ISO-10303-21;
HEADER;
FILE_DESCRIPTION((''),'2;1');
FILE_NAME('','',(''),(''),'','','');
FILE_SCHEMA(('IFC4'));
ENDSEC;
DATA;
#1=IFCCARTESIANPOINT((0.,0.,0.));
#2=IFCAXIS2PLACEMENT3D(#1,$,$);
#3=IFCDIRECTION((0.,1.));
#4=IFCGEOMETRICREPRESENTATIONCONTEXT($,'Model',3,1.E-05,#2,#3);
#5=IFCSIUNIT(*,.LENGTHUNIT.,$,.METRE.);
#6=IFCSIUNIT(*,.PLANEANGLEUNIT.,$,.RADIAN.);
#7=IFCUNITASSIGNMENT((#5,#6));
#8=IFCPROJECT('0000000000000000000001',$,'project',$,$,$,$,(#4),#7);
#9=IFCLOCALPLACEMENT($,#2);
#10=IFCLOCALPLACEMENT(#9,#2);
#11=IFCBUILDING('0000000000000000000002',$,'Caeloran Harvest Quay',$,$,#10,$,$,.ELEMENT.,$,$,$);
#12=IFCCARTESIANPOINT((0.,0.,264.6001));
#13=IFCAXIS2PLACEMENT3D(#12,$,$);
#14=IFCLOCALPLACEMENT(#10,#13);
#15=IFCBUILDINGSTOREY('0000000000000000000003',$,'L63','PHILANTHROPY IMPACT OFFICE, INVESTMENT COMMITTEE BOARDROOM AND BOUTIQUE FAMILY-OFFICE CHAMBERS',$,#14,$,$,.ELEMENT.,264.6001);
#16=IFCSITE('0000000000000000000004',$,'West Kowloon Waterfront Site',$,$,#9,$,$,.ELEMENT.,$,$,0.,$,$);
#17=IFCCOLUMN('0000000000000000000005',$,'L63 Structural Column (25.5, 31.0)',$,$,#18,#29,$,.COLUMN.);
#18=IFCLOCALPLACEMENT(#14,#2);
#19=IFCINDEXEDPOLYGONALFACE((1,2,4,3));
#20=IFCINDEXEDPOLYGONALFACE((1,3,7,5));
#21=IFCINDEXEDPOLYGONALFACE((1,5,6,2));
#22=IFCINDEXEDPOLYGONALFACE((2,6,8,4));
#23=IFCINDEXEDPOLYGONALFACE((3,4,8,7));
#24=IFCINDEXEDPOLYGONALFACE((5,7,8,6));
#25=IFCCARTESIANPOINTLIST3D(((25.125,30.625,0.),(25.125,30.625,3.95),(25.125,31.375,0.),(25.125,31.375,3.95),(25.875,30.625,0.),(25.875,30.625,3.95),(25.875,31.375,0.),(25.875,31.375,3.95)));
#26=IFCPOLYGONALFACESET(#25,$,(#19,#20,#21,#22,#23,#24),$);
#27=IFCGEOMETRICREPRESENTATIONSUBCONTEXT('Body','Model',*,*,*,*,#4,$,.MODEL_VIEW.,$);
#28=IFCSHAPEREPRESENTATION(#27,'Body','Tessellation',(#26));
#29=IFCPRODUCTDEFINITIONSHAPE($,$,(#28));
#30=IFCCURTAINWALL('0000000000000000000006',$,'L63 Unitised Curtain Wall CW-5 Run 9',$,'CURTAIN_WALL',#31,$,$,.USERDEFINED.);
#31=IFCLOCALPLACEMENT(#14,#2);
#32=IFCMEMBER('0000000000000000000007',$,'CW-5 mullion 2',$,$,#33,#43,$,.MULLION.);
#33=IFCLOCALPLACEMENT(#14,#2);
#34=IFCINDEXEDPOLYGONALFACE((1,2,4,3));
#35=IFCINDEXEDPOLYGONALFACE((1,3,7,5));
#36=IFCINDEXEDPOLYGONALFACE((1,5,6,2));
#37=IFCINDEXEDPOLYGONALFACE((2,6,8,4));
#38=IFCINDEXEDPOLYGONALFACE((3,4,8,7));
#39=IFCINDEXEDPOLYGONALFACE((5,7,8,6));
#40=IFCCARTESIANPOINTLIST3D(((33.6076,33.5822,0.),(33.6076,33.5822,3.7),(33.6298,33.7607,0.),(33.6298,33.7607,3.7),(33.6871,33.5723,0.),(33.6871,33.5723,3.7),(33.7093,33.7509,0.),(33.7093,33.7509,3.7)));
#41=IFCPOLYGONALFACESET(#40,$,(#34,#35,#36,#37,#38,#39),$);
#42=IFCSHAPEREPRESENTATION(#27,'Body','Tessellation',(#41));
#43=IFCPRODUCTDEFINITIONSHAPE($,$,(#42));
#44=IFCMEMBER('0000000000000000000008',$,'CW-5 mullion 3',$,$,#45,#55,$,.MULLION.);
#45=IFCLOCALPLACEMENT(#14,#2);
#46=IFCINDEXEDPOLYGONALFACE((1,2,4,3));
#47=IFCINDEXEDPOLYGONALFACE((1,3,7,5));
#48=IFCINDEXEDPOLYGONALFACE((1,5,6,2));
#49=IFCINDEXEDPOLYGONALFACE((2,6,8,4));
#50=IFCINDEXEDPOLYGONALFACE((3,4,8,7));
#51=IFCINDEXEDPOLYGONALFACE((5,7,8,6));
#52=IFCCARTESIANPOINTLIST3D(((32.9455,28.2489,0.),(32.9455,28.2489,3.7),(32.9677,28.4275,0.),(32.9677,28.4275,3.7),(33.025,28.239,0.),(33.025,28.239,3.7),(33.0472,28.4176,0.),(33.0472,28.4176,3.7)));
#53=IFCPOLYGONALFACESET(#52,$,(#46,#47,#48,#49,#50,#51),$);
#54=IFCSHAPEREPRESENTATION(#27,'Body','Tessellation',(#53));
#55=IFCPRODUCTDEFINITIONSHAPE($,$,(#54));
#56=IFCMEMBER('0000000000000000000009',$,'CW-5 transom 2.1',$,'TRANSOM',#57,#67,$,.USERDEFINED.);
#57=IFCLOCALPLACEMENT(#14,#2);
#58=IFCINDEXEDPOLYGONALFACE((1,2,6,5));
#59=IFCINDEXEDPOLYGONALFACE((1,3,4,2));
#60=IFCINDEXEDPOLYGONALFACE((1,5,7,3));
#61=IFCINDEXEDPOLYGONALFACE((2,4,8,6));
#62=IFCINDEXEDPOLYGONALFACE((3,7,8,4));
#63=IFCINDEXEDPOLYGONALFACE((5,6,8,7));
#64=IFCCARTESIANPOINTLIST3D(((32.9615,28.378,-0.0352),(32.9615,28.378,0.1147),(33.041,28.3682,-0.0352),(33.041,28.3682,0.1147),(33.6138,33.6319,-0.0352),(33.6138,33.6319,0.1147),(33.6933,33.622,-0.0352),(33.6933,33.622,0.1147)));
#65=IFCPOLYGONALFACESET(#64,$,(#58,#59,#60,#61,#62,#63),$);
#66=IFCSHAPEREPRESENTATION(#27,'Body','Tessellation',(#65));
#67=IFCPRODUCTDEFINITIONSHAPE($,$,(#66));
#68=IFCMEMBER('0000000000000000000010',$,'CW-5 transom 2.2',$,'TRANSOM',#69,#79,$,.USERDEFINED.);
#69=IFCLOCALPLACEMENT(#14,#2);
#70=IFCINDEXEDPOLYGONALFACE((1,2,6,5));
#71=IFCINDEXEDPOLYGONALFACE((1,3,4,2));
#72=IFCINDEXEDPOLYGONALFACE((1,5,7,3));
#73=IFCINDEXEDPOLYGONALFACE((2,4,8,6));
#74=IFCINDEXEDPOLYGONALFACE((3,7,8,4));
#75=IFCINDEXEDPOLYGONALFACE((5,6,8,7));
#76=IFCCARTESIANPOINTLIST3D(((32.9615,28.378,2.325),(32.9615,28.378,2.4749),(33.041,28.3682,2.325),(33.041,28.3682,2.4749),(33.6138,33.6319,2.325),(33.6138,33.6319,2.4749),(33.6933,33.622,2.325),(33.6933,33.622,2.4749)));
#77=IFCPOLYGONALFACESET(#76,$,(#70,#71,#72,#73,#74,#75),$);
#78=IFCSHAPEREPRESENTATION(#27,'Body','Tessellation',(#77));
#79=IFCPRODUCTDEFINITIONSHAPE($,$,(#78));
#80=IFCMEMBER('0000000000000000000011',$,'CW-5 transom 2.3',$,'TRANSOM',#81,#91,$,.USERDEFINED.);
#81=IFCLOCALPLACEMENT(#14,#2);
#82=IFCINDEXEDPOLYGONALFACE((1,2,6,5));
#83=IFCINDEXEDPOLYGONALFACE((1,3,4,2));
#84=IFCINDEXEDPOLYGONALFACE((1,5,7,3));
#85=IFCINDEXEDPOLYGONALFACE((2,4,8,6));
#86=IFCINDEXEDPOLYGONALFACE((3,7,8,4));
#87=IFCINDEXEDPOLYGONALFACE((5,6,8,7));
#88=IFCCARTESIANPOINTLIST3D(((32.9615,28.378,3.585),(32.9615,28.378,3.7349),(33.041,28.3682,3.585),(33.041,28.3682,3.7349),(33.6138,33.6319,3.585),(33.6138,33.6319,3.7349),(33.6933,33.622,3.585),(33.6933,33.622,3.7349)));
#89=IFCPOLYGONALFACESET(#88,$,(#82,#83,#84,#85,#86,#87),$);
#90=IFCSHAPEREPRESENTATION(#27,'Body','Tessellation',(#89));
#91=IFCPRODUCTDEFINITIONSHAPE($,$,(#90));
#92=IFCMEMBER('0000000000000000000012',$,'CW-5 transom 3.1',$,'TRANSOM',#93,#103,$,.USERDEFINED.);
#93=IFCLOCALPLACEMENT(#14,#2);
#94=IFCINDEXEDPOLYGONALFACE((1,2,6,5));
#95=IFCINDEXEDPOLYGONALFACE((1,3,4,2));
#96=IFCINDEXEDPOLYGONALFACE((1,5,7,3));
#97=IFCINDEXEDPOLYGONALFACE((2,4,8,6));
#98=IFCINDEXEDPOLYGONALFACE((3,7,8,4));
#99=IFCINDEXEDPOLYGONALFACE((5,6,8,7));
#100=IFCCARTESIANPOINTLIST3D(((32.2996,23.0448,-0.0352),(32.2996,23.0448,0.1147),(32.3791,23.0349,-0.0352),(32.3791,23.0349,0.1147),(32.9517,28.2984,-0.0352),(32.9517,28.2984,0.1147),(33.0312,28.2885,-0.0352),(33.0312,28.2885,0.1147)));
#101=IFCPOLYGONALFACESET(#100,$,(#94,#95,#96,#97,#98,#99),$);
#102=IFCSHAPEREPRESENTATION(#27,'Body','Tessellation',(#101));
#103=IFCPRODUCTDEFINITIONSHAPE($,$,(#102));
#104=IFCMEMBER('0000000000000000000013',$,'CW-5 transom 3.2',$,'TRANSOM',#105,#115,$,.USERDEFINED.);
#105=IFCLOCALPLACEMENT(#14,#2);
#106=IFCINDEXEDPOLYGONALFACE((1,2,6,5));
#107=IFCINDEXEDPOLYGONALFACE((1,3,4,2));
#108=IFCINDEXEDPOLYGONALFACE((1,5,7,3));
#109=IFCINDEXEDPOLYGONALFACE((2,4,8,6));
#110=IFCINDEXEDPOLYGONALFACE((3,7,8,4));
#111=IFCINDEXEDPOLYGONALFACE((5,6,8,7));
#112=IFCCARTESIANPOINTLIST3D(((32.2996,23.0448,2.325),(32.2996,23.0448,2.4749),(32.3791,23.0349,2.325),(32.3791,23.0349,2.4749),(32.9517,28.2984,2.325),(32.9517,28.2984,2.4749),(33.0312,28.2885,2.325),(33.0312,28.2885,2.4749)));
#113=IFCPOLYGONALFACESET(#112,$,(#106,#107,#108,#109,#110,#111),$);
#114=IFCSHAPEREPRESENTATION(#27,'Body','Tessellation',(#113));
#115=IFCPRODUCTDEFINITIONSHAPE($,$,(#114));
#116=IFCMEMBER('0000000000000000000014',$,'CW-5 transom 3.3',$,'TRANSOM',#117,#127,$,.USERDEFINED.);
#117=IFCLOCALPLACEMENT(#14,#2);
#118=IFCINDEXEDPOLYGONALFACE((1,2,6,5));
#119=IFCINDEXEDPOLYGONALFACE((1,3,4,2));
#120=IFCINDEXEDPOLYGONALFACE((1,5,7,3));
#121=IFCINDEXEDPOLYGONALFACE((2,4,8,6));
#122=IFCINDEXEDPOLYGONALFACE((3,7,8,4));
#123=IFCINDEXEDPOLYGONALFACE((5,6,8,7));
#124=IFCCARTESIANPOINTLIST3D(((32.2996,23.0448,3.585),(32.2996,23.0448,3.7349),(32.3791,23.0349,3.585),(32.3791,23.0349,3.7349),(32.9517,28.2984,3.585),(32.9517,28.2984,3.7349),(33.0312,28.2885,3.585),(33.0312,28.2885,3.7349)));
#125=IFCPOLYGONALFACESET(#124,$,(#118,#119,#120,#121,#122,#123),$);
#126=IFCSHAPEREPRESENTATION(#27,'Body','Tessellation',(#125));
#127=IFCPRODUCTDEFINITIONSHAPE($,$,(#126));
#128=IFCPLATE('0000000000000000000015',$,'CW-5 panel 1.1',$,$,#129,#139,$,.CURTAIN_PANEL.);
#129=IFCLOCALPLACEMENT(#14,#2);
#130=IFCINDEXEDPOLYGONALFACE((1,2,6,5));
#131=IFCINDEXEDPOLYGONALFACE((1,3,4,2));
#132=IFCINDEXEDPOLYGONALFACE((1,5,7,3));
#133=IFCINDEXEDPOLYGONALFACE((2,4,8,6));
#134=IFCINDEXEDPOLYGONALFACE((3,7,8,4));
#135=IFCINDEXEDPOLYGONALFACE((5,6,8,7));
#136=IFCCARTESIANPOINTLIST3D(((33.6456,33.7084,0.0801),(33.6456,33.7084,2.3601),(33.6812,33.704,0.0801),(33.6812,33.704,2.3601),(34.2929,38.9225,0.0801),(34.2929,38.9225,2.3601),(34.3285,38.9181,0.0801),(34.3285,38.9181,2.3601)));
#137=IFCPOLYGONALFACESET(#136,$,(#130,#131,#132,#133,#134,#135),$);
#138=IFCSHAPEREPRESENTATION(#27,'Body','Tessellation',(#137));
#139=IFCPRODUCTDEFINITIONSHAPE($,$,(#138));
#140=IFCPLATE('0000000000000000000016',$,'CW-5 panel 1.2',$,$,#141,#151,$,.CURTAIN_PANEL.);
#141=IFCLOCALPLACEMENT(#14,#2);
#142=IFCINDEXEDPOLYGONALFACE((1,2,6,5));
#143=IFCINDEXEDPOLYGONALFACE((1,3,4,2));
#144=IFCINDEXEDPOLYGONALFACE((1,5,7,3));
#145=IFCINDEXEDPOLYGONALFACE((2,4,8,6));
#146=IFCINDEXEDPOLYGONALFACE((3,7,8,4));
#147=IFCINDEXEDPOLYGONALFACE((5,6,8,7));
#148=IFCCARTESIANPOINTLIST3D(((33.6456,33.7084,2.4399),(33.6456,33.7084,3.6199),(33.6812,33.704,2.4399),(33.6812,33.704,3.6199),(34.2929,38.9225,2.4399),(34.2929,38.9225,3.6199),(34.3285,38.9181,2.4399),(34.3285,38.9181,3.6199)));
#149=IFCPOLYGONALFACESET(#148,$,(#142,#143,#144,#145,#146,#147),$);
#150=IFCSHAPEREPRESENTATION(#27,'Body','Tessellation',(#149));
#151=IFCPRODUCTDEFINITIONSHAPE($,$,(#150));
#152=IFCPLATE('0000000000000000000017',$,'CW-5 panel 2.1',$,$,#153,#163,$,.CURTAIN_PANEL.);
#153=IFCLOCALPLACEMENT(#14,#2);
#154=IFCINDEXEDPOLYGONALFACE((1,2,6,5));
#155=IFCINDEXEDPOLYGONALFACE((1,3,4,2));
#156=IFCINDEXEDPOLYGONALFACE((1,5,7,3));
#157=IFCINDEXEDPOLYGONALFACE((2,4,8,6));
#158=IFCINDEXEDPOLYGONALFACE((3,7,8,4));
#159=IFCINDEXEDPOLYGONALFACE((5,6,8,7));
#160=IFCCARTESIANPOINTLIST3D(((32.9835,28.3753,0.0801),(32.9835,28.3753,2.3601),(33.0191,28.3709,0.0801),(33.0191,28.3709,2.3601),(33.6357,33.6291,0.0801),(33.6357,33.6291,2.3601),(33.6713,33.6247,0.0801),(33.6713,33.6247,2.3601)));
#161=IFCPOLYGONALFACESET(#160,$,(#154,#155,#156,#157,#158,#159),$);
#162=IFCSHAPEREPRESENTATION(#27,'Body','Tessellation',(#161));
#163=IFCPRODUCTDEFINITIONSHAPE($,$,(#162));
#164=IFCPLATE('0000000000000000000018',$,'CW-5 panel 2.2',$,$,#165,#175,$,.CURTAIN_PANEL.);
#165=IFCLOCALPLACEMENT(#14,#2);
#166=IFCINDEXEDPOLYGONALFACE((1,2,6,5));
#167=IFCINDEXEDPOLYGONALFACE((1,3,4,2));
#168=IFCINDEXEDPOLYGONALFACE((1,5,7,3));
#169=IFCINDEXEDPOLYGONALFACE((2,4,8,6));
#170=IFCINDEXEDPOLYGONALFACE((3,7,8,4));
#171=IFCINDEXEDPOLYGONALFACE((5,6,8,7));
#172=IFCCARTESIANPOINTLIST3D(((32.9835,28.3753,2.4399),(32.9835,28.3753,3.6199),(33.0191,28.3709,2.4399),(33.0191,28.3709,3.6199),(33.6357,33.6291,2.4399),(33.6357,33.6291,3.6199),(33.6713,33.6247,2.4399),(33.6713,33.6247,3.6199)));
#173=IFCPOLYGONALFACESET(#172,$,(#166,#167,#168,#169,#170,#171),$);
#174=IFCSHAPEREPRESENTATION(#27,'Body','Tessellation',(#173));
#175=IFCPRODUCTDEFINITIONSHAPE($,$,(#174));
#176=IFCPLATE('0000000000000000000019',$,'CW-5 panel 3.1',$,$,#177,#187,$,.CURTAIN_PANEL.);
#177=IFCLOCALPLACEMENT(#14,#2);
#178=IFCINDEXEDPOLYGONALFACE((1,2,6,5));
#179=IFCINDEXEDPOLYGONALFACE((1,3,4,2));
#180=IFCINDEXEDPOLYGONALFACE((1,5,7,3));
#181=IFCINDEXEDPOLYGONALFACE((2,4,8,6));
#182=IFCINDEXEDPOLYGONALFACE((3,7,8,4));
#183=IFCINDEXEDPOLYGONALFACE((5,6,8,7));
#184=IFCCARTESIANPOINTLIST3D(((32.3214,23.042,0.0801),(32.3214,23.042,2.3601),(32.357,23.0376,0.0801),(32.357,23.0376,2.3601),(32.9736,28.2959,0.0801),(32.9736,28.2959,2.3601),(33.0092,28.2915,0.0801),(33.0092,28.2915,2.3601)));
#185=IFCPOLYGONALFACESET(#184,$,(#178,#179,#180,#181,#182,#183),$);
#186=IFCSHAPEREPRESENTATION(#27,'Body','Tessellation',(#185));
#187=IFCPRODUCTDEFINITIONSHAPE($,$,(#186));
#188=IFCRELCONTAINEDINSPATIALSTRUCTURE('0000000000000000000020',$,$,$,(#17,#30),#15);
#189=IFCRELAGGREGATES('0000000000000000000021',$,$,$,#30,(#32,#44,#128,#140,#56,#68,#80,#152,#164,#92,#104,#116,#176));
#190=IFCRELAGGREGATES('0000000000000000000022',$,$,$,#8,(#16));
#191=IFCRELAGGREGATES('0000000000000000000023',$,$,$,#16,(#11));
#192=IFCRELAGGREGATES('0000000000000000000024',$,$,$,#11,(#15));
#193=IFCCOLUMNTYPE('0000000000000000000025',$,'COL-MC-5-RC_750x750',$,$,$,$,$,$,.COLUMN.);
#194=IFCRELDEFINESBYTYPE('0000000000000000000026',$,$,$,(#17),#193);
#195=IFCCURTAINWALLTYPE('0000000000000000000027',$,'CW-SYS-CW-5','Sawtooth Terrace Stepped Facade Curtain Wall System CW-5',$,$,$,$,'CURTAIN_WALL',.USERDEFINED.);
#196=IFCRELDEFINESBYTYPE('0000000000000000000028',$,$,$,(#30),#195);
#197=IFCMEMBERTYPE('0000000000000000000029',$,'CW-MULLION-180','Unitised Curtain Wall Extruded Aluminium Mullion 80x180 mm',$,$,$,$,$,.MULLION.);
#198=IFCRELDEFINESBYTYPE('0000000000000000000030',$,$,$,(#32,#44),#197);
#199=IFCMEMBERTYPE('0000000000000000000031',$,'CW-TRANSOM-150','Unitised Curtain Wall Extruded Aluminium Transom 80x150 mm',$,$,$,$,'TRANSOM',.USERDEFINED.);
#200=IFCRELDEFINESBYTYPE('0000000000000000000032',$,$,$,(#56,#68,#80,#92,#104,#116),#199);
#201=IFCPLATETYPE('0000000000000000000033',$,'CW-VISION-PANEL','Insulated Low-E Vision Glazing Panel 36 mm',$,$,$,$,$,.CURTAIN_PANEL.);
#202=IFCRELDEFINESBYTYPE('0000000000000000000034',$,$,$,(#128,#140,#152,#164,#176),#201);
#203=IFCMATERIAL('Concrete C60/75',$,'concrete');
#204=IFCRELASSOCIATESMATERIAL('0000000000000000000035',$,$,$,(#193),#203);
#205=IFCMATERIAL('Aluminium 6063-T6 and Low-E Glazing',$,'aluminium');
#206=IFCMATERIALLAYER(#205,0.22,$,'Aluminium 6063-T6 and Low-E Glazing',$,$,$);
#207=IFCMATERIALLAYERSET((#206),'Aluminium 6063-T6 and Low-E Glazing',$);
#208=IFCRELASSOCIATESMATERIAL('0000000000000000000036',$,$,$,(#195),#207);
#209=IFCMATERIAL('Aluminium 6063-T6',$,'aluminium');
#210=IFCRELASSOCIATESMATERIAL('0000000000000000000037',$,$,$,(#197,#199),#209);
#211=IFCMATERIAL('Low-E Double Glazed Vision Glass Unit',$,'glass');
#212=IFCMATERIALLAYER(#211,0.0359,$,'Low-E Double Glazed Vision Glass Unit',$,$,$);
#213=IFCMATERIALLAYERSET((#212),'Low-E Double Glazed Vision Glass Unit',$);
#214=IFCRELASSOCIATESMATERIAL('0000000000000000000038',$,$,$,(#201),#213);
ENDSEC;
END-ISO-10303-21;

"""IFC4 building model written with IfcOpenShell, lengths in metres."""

from ifc_helpers import new_model, si_unit, direction, frame, origin, origin_2d, place, context, subcontext, project, spatial, rectangle, extrude, material, layer, layer_set, material_profile, profile_set, type_object, element, aggregate, save


model = new_model("IFC4")

# Units and contexts
model_context = context("Model", 3, precision=1e-05, world=origin(), true_north=direction((0.0, 1.0)))
body_context = subcontext(model_context, "Body", "Model", "MODEL_VIEW")
ifc_project = project(units=[si_unit("LENGTHUNIT", "METRE"), si_unit("PLANEANGLEUNIT", "RADIAN")], contexts=[model_context])

# Site, building, storey
site_placement = place(None, origin())
site = spatial("IfcSite", under=ifc_project, at=site_placement, Name="West Kowloon Waterfront Site", CompositionType="ELEMENT", RefElevation=0.0)
building_placement = place(site_placement, origin())
building = spatial("IfcBuilding", under=site, at=building_placement, Name="Caeloran Harvest Quay", CompositionType="ELEMENT")
storey_placement = place(building_placement, frame((0.0, 0.0, 264.6001)))
storey = spatial("IfcBuildingStorey", under=building, at=storey_placement, Name="L63", Description="PHILANTHROPY IMPACT OFFICE, INVESTMENT COMMITTEE BOARDROOM AND BOUTIQUE FAMILY-OFFICE CHAMBERS", CompositionType="ELEMENT", Elevation=264.6001)

# Column
ifc_material_1 = material(Name="Concrete C60/75", Category="concrete")
ifc_material_profile_1 = material_profile(ifc_material_1, rectangle(XDim=0.75, YDim=0.75, at=origin_2d()), Name="RC 750x750")
ifc_profile_set_1 = profile_set([ifc_material_profile_1], Name="Concrete C60/75")
column_type = type_object("IfcColumnType", Name="COL-MC-5-RC_750x750", PredefinedType="COLUMN", material=ifc_profile_set_1)
column_placement = place(storey_placement, frame((25.5, 31.0, 0.0), z_axis=(0.0, 0.0, 1.0), x_axis=(1.0, 0.0, 0.0)))
element("IfcColumn", 1, at=column_placement, inside=storey, type_object=column_type, Name="L63 Structural Column (25.5, 31.0)", PredefinedType="COLUMN", context=body_context, shape_type="SweptSolid", body=[
    extrude(rectangle(XDim=0.75, YDim=0.75, at=origin_2d()), origin(), (0.0, 0.0, 1.0), 3.95),
])

# Curtain wall, members, plates
ifc_material_2 = material(Name="Aluminium 6063-T6 and Low-E Glazing", Category="aluminium")
ifc_layer_1 = layer(ifc_material_2, 0.22, Name="Aluminium 6063-T6 and Low-E Glazing")
ifc_layer_set_1 = layer_set([ifc_layer_1], Name="Aluminium 6063-T6 and Low-E Glazing")
curtain_wall_type = type_object("IfcCurtainWallType", Name="CW-SYS-CW-5", Description="Sawtooth Terrace Stepped Facade Curtain Wall System CW-5", ElementType="CURTAIN_WALL", PredefinedType="USERDEFINED", material=ifc_layer_set_1)
curtain_wall_placement = place(storey_placement, origin())
curtain_wall = element("IfcCurtainWall", 2, at=curtain_wall_placement, inside=storey, type_object=curtain_wall_type, Name="L63 Unitised Curtain Wall CW-5 Run 9", ObjectType="CURTAIN_WALL", PredefinedType="USERDEFINED")
ifc_material_3 = material(Name="Aluminium 6063-T6", Category="aluminium")
ifc_material_profile_2 = material_profile(ifc_material_3, rectangle(XDim=0.0801, YDim=0.1799, at=origin_2d()), Name="CW-MULLION-180")
ifc_profile_set_2 = profile_set([ifc_material_profile_2], Name="Aluminium 6063-T6")
member_type_1 = type_object("IfcMemberType", Name="CW-MULLION-180", Description="Unitised Curtain Wall Extruded Aluminium Mullion 80x180 mm", PredefinedType="MULLION", material=ifc_profile_set_2)
member_1_placement = place(storey_placement, frame((33.6584, 33.6665, 0.0), z_axis=(0.0, 0.0, 1.0), x_axis=(0.992383, -0.12319, 0.0)))
member_1 = element("IfcMember", 3, at=member_1_placement, type_object=member_type_1, Name="CW-5 mullion 2", PredefinedType="MULLION", context=body_context, shape_type="SweptSolid", body=[
    extrude(rectangle(XDim=0.0801, YDim=0.1799, at=origin_2d()), origin(), (0.0, 0.0, 1.0), 3.7),
])
member_2_placement = place(storey_placement, frame((32.9963, 28.3333, 0.0), z_axis=(0.0, 0.0, 1.0), x_axis=(0.992383, -0.12319, 0.0)))
member_2 = element("IfcMember", 4, at=member_2_placement, type_object=member_type_1, Name="CW-5 mullion 3", PredefinedType="MULLION", context=body_context, shape_type="SweptSolid", body=[
    extrude(rectangle(XDim=0.0801, YDim=0.1799, at=origin_2d()), origin(), (0.0, 0.0, 1.0), 3.7),
])
ifc_material_profile_3 = material_profile(ifc_material_3, rectangle(XDim=0.0801, YDim=0.1499, at=origin_2d()), Name="CW-TRANSOM-150")
ifc_profile_set_3 = profile_set([ifc_material_profile_3], Name="Aluminium 6063-T6")
member_type_2 = type_object("IfcMemberType", Name="CW-TRANSOM-150", Description="Unitised Curtain Wall Extruded Aluminium Transom 80x150 mm", ElementType="TRANSOM", PredefinedType="USERDEFINED", material=ifc_profile_set_3)
member_3_placement = place(storey_placement, frame((33.6536, 33.627, 0.0398), z_axis=(-0.123217, -0.99238, 0.0), x_axis=(0.99238, -0.123217, 0.0)))
member_3 = element("IfcMember", 5, at=member_3_placement, type_object=member_type_2, Name="CW-5 transom 2.1", ObjectType="TRANSOM", PredefinedType="USERDEFINED", context=body_context, shape_type="SweptSolid", body=[
    extrude(rectangle(XDim=0.0801, YDim=0.1499, at=origin_2d()), origin(), (0.0, 0.0, 1.0), 5.2942),
])
member_4_placement = place(storey_placement, frame((33.6536, 33.627, 2.3999), z_axis=(-0.123217, -0.99238, 0.0), x_axis=(0.99238, -0.123217, 0.0)))
member_4 = element("IfcMember", 6, at=member_4_placement, type_object=member_type_2, Name="CW-5 transom 2.2", ObjectType="TRANSOM", PredefinedType="USERDEFINED", context=body_context, shape_type="SweptSolid", body=[
    extrude(rectangle(XDim=0.0801, YDim=0.1499, at=origin_2d()), origin(), (0.0, 0.0, 1.0), 5.2942),
])
member_5_placement = place(storey_placement, frame((33.6536, 33.627, 3.6599), z_axis=(-0.123217, -0.99238, 0.0), x_axis=(0.99238, -0.123217, 0.0)))
member_5 = element("IfcMember", 7, at=member_5_placement, type_object=member_type_2, Name="CW-5 transom 2.3", ObjectType="TRANSOM", PredefinedType="USERDEFINED", context=body_context, shape_type="SweptSolid", body=[
    extrude(rectangle(XDim=0.0801, YDim=0.1499, at=origin_2d()), origin(), (0.0, 0.0, 1.0), 5.2942),
])
member_6_placement = place(storey_placement, frame((32.9915, 28.2935, 0.0398), z_axis=(-0.123178, -0.992385, 0.0), x_axis=(0.992385, -0.123178, 0.0)))
member_6 = element("IfcMember", 8, at=member_6_placement, type_object=member_type_2, Name="CW-5 transom 3.1", ObjectType="TRANSOM", PredefinedType="USERDEFINED", context=body_context, shape_type="SweptSolid", body=[
    extrude(rectangle(XDim=0.0801, YDim=0.1499, at=origin_2d()), origin(), (0.0, 0.0, 1.0), 5.2939),
])
member_7_placement = place(storey_placement, frame((32.9915, 28.2935, 2.3999), z_axis=(-0.123178, -0.992385, 0.0), x_axis=(0.992385, -0.123178, 0.0)))
member_7 = element("IfcMember", 9, at=member_7_placement, type_object=member_type_2, Name="CW-5 transom 3.2", ObjectType="TRANSOM", PredefinedType="USERDEFINED", context=body_context, shape_type="SweptSolid", body=[
    extrude(rectangle(XDim=0.0801, YDim=0.1499, at=origin_2d()), origin(), (0.0, 0.0, 1.0), 5.2939),
])
member_8_placement = place(storey_placement, frame((32.9915, 28.2935, 3.6599), z_axis=(-0.123178, -0.992385, 0.0), x_axis=(0.992385, -0.123178, 0.0)))
member_8 = element("IfcMember", 10, at=member_8_placement, type_object=member_type_2, Name="CW-5 transom 3.3", ObjectType="TRANSOM", PredefinedType="USERDEFINED", context=body_context, shape_type="SweptSolid", body=[
    extrude(rectangle(XDim=0.0801, YDim=0.1499, at=origin_2d()), origin(), (0.0, 0.0, 1.0), 5.2939),
])
ifc_material_4 = material(Name="Low-E Double Glazed Vision Glass Unit", Category="glass")
ifc_layer_2 = layer(ifc_material_4, 0.0359, Name="Low-E Double Glazed Vision Glass Unit")
ifc_layer_set_2 = layer_set([ifc_layer_2], Name="Low-E Double Glazed Vision Glass Unit")
plate_type = type_object("IfcPlateType", Name="CW-VISION-PANEL", Description="Insulated Low-E Vision Glazing Panel 36 mm", PredefinedType="CURTAIN_PANEL", material=ifc_layer_set_2)
plate_1_placement = place(storey_placement, frame((33.9871, 36.3132, 0.0801), z_axis=(0.0, 0.0, 1.0), x_axis=(-0.12319, -0.992383, 0.0)))
plate_1 = element("IfcPlate", 11, at=plate_1_placement, type_object=plate_type, Name="CW-5 panel 1.1", PredefinedType="CURTAIN_PANEL", context=body_context, shape_type="SweptSolid", body=[
    extrude(rectangle(XDim=5.2542, YDim=0.0359, at=origin_2d()), origin(), (0.0, 0.0, 1.0), 2.28),
])
plate_2_placement = place(storey_placement, frame((33.9871, 36.3132, 2.4399), z_axis=(0.0, 0.0, 1.0), x_axis=(-0.12319, -0.992383, 0.0)))
plate_2 = element("IfcPlate", 12, at=plate_2_placement, type_object=plate_type, Name="CW-5 panel 1.2", PredefinedType="CURTAIN_PANEL", context=body_context, shape_type="SweptSolid", body=[
    extrude(rectangle(XDim=5.2542, YDim=0.0359, at=origin_2d()), origin(), (0.0, 0.0, 1.0), 1.1799),
])
plate_3_placement = place(storey_placement, frame((33.3274, 31.0, 0.0801), z_axis=(0.0, 0.0, 1.0), x_axis=(-0.12319, -0.992383, 0.0)))
plate_3 = element("IfcPlate", 13, at=plate_3_placement, type_object=plate_type, Name="CW-5 panel 2.1", PredefinedType="CURTAIN_PANEL", context=body_context, shape_type="SweptSolid", body=[
    extrude(rectangle(XDim=5.2942, YDim=0.0359, at=origin_2d()), origin(), (0.0, 0.0, 1.0), 2.28),
])
plate_4_placement = place(storey_placement, frame((33.3274, 31.0, 2.4399), z_axis=(0.0, 0.0, 1.0), x_axis=(-0.12319, -0.992383, 0.0)))
plate_4 = element("IfcPlate", 14, at=plate_4_placement, type_object=plate_type, Name="CW-5 panel 2.2", PredefinedType="CURTAIN_PANEL", context=body_context, shape_type="SweptSolid", body=[
    extrude(rectangle(XDim=5.2942, YDim=0.0359, at=origin_2d()), origin(), (0.0, 0.0, 1.0), 1.1799),
])
plate_5_placement = place(storey_placement, frame((32.6653, 25.6667, 0.0801), z_axis=(0.0, 0.0, 1.0), x_axis=(-0.12319, -0.992383, 0.0)))
plate_5 = element("IfcPlate", 15, at=plate_5_placement, type_object=plate_type, Name="CW-5 panel 3.1", PredefinedType="CURTAIN_PANEL", context=body_context, shape_type="SweptSolid", body=[
    extrude(rectangle(XDim=5.2942, YDim=0.0359, at=origin_2d()), origin(), (0.0, 0.0, 1.0), 2.28),
])
aggregate(curtain_wall, [member_1, member_2, plate_1, plate_2, member_3, member_4, member_5, plate_3, plate_4, member_6, member_7, member_8, plate_5])

save(model, "model.ifc")
